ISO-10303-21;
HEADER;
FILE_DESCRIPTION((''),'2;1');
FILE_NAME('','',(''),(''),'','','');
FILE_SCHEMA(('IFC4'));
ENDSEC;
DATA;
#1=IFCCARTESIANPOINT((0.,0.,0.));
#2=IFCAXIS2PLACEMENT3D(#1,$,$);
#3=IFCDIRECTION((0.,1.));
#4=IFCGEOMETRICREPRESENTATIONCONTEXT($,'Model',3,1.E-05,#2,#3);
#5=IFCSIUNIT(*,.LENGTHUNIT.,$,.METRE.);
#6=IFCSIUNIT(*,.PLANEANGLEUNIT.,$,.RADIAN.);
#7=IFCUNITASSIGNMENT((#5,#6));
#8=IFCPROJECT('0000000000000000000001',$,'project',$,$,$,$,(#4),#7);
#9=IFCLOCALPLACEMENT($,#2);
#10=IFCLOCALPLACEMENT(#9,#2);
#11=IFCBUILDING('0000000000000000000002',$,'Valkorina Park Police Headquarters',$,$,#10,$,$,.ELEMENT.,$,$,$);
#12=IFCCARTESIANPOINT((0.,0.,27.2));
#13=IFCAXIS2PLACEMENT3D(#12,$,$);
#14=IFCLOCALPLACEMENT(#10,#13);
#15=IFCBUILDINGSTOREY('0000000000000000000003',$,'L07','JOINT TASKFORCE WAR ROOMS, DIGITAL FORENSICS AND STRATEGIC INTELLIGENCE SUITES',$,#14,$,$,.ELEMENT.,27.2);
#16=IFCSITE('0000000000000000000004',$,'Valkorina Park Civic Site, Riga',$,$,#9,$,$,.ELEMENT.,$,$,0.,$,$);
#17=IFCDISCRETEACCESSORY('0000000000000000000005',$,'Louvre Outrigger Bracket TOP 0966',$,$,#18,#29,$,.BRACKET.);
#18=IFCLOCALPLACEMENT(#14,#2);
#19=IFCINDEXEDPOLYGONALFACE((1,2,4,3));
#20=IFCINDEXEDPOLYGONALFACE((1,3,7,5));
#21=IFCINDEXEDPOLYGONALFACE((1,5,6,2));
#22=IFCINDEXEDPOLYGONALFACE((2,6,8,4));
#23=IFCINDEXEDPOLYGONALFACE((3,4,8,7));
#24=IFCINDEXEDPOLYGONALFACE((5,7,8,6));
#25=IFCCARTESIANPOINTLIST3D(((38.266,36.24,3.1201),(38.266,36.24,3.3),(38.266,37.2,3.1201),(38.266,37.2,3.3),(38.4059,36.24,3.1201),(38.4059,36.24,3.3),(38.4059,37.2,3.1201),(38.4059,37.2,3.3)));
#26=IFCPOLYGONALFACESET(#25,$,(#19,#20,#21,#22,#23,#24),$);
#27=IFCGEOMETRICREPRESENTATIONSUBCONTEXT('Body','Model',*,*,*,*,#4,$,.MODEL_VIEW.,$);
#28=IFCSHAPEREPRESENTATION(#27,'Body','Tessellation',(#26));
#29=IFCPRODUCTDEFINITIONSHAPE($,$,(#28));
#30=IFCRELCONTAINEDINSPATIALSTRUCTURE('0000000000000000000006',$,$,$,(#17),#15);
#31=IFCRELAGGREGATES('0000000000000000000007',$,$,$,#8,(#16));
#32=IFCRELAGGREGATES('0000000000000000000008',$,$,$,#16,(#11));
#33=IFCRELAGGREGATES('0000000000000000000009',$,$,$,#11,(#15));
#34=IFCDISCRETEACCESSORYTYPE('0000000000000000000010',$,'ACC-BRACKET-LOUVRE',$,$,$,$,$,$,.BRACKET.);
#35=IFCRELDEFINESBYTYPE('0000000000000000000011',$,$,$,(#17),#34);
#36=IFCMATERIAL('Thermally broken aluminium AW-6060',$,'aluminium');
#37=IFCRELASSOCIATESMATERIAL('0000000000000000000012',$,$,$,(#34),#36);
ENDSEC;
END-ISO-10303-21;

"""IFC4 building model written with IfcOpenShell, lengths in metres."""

from ifc_helpers import new_model, si_unit, direction, frame, origin, origin_2d, place, context, subcontext, project, spatial, rectangle, extrude, material, type_object, element, save


model = new_model("IFC4")

# Units and contexts
model_context = context("Model", 3, precision=1e-05, world=origin(), true_north=direction((0.0, 1.0)))
body_context = subcontext(model_context, "Body", "Model", "MODEL_VIEW")
ifc_project = project(units=[si_unit("LENGTHUNIT", "METRE"), si_unit("PLANEANGLEUNIT", "RADIAN")], contexts=[model_context])

# Site, building, storey
site_placement = place(None, origin())
site = spatial("IfcSite", under=ifc_project, at=site_placement, Name="Valkorina Park Civic Site, Riga", CompositionType="ELEMENT", RefElevation=0.0)
building_placement = place(site_placement, origin())
building = spatial("IfcBuilding", under=site, at=building_placement, Name="Valkorina Park Police Headquarters", CompositionType="ELEMENT")
storey_placement = place(building_placement, frame((0.0, 0.0, 27.2)))
storey = spatial("IfcBuildingStorey", under=building, at=storey_placement, Name="L07", Description="JOINT TASKFORCE WAR ROOMS, DIGITAL FORENSICS AND STRATEGIC INTELLIGENCE SUITES", CompositionType="ELEMENT", Elevation=27.2)

# Shared definitions
ifc_material_1 = material(Name="Thermally broken aluminium AW-6060", Category="aluminium")

# Discrete accessory
discrete_accessory_type = type_object("IfcDiscreteAccessoryType", Name="ACC-BRACKET-LOUVRE", PredefinedType="BRACKET", material=ifc_material_1)
for number, where, z_axis, x_axis, name in (
    (1, (38.3359, 36.72, 3.1201), (0.0, 0.0, 1.0), (0.0, -1.0, 0.0), "Louvre Outrigger Bracket TOP 0966"),
):
    element("IfcDiscreteAccessory", number, at=place(storey_placement, frame(where, z_axis=z_axis, x_axis=x_axis)), inside=storey, type_object=discrete_accessory_type, Name=name, PredefinedType="BRACKET", context=body_context, shape_type="SweptSolid", body=[
        extrude(rectangle(XDim=0.96, YDim=0.1399, at=origin_2d()), origin(), (0.0, 0.0, 1.0), 0.1799),
    ])

save(model, "model.ifc")
